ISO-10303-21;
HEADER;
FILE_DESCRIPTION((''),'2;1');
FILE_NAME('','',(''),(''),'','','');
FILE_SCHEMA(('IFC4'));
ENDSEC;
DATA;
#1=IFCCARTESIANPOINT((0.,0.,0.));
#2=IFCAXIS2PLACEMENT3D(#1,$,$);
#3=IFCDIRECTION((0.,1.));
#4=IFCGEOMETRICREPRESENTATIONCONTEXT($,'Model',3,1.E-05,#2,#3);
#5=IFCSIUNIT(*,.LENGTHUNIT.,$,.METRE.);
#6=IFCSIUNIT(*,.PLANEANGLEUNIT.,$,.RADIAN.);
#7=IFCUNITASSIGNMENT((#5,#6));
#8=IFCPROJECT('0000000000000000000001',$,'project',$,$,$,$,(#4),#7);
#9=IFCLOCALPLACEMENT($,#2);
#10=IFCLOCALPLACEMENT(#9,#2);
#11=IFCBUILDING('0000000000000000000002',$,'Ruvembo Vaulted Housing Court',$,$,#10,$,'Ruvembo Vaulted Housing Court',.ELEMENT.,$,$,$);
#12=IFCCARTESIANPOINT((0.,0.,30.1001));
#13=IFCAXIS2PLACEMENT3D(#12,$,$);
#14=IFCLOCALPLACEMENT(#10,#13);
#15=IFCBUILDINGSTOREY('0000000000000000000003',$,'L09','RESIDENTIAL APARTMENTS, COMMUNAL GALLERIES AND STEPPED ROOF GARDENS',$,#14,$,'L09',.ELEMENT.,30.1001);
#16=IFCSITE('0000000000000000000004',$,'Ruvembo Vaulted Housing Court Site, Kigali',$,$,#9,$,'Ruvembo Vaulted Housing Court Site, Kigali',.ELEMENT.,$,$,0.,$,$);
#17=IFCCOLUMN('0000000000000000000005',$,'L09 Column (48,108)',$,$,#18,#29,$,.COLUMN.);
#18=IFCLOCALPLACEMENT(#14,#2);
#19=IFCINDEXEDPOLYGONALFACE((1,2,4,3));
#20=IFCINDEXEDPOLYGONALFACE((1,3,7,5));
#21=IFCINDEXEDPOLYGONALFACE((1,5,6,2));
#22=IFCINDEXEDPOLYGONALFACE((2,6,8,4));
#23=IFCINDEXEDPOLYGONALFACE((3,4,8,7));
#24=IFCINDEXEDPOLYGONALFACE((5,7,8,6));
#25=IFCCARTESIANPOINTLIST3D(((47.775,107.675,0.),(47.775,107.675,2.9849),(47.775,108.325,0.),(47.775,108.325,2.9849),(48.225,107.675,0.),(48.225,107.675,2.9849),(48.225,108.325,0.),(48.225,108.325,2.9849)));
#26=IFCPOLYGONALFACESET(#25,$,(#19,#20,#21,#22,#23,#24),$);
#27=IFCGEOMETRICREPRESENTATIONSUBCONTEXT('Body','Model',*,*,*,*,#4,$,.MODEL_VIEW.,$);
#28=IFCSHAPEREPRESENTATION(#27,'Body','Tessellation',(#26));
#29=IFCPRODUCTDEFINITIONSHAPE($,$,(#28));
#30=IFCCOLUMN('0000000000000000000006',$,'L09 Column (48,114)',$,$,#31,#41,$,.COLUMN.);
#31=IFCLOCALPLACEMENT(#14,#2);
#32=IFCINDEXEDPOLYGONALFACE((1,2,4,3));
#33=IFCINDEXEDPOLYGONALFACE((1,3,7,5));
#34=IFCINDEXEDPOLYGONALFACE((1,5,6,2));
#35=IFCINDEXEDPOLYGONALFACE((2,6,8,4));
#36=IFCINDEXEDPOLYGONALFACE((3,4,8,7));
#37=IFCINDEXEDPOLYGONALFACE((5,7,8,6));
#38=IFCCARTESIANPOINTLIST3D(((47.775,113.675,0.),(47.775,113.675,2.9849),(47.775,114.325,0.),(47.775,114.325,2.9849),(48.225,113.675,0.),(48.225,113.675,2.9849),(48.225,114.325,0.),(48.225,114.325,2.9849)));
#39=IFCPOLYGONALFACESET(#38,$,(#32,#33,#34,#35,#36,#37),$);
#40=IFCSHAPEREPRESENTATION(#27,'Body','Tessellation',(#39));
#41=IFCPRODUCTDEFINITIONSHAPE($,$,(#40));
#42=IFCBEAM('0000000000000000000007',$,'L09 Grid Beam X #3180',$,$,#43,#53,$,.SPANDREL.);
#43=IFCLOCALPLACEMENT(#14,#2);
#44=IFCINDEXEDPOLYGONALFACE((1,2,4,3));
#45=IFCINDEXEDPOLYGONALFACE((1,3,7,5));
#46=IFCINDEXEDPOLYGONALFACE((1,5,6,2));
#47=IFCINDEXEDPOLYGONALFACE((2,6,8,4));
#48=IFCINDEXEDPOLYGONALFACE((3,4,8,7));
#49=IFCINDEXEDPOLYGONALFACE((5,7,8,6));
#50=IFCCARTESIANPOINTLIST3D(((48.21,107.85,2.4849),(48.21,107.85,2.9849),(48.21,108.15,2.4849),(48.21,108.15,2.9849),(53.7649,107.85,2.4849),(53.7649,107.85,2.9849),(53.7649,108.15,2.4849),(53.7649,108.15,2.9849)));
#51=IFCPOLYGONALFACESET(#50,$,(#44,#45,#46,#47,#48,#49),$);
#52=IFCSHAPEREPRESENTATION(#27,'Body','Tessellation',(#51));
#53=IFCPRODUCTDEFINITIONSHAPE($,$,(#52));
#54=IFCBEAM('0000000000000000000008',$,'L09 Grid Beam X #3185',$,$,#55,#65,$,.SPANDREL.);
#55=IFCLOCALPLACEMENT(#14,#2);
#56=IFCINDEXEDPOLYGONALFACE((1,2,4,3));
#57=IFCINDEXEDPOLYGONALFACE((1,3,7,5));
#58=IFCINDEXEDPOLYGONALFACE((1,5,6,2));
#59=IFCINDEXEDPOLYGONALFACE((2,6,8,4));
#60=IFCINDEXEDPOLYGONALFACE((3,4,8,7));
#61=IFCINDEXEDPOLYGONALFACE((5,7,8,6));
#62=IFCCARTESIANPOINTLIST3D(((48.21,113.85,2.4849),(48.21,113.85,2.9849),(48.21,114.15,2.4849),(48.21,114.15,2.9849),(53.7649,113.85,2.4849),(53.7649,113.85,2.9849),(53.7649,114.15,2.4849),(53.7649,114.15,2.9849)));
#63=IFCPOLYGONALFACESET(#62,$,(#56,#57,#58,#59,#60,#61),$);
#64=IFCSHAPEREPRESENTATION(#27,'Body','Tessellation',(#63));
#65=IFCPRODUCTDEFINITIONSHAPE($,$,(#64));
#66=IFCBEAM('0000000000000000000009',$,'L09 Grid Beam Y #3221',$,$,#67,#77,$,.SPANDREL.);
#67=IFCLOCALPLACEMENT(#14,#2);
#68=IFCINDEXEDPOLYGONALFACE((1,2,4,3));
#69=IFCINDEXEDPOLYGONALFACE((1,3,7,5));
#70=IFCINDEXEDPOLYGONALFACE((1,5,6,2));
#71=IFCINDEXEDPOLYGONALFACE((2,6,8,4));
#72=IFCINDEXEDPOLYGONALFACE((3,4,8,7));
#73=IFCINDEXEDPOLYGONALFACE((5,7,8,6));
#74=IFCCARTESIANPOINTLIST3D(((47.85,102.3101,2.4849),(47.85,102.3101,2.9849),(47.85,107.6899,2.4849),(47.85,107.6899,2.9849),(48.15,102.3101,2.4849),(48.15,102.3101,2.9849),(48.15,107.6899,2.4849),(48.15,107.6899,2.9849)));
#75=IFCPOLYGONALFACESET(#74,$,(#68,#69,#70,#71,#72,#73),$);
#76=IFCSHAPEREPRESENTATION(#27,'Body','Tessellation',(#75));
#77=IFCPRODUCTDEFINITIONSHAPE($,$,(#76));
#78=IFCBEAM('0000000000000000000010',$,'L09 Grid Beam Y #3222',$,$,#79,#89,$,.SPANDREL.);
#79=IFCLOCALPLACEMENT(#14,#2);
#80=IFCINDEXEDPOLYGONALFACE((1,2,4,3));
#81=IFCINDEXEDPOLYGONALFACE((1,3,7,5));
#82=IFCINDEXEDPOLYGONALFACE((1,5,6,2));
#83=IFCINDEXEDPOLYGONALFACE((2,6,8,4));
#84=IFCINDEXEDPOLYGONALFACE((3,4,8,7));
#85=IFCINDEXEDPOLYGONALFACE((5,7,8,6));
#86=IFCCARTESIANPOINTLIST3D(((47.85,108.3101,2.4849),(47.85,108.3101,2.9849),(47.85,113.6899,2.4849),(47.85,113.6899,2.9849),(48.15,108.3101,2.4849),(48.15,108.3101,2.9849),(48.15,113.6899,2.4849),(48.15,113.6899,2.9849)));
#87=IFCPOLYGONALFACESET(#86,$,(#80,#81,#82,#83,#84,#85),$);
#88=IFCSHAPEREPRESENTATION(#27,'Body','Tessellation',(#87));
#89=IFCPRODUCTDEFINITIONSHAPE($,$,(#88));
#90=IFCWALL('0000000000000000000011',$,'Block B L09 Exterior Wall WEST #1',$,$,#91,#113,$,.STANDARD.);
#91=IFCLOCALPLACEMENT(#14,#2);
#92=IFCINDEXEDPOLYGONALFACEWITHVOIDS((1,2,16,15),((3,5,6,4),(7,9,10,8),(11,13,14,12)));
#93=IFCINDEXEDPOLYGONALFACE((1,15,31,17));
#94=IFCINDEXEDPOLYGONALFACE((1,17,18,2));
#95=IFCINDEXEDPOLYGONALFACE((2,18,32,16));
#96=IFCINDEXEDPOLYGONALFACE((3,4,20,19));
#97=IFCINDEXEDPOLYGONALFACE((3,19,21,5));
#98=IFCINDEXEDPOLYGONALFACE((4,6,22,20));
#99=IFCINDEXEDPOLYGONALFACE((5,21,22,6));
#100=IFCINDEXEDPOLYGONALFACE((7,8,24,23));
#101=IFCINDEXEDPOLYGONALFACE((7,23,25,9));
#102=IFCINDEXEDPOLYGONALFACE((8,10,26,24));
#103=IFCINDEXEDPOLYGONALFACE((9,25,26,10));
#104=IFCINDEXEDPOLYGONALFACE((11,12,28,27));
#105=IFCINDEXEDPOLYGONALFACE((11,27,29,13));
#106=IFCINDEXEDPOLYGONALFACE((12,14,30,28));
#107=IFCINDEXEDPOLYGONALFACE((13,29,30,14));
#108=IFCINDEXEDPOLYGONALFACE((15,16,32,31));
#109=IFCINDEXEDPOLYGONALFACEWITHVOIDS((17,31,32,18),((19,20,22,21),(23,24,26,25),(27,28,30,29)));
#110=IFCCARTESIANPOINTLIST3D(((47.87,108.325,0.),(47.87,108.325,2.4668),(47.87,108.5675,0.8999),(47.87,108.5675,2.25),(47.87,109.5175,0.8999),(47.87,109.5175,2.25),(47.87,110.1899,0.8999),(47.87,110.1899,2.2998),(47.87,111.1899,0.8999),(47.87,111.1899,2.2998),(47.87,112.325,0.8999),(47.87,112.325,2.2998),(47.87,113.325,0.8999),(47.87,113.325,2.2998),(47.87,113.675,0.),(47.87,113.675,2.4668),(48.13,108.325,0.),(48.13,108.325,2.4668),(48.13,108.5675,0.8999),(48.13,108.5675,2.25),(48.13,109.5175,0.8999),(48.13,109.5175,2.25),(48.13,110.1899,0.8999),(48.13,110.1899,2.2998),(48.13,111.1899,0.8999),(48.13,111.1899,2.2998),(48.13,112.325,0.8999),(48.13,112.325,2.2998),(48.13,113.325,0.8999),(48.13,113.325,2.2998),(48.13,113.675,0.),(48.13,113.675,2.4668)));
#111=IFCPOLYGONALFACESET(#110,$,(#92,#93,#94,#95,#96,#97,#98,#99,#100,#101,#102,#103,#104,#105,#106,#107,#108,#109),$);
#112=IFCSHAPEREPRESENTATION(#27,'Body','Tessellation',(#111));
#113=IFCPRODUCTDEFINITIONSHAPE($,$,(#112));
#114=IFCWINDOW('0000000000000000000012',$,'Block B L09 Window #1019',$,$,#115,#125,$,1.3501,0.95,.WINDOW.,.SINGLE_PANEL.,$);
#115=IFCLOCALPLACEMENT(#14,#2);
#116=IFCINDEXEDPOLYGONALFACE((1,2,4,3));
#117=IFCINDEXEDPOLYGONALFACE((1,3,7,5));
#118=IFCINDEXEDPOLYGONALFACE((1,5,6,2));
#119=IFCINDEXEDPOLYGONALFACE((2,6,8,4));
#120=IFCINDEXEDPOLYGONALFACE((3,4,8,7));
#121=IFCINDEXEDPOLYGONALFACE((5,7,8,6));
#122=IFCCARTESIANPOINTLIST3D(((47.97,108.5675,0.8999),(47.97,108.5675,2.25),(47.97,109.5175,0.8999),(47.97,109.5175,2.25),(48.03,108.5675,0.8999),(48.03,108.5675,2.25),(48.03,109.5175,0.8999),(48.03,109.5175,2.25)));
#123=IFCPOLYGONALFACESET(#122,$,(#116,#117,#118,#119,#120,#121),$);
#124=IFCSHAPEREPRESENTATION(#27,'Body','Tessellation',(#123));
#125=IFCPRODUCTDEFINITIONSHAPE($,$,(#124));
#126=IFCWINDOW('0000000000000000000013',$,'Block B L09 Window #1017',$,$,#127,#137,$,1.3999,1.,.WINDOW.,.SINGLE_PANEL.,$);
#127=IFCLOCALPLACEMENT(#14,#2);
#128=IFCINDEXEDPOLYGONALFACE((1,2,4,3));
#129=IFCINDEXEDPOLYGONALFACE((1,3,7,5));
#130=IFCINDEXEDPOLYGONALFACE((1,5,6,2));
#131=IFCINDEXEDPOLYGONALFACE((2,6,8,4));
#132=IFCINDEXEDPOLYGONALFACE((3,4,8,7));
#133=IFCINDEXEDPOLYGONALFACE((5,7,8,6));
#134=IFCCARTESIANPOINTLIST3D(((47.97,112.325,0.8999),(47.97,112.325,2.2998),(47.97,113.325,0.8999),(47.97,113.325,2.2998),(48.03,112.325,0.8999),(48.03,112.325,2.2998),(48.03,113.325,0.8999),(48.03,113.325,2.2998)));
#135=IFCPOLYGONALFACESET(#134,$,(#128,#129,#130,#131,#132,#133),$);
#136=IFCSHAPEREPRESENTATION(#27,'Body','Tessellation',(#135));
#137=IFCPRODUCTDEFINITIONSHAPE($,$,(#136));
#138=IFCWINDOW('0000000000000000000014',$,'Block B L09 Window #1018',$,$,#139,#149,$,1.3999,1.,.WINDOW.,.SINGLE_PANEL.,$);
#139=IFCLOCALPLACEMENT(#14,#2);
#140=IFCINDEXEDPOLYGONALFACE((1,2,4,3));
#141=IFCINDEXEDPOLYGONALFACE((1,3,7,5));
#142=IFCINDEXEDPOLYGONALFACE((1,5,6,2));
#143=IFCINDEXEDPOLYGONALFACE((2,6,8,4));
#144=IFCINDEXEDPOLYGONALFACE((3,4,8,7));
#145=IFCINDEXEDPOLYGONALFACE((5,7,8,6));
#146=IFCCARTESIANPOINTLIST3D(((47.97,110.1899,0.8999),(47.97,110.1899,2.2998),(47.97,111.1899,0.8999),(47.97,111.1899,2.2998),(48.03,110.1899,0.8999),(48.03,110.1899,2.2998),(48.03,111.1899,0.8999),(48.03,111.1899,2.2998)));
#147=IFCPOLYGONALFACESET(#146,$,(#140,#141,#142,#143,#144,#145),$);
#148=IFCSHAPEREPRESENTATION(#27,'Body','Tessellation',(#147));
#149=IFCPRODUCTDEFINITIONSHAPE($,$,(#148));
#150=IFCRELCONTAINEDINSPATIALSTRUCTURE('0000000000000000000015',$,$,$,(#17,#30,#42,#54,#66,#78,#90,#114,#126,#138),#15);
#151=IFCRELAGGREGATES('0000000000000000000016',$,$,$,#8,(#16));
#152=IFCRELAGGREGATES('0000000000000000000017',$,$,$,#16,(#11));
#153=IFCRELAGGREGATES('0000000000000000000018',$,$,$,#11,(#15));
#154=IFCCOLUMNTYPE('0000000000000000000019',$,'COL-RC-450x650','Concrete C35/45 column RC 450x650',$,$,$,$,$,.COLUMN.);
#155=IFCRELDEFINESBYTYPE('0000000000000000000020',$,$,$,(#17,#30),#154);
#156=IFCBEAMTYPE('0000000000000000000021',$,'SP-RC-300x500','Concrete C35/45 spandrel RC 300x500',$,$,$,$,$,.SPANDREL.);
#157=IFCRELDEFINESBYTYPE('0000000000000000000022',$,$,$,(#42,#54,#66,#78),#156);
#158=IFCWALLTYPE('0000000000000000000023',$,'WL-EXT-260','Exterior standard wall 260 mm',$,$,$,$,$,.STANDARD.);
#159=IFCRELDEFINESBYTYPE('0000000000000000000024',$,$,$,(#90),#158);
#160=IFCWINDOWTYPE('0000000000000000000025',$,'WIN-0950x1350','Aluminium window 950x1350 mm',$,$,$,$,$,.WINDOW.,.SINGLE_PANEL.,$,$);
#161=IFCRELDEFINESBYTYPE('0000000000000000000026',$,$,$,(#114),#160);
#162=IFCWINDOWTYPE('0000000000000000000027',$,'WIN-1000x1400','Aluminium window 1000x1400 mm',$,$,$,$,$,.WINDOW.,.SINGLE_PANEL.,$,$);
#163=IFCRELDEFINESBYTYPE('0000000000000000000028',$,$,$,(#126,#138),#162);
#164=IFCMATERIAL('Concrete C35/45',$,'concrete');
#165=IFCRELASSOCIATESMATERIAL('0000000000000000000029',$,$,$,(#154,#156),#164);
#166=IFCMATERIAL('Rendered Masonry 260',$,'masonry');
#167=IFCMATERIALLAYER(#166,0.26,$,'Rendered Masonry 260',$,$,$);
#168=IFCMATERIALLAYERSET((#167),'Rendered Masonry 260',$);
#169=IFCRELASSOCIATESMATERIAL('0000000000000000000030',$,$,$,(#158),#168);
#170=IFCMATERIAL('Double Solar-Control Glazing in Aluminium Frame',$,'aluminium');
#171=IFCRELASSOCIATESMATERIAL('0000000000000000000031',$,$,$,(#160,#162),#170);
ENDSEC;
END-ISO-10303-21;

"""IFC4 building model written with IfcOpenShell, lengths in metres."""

from ifc_helpers import new_model, si_unit, direction, frame, frame_2d, origin, origin_2d, place, context, subcontext, project, spatial, rectangle, extrude, material, layer, layer_set, material_profile, profile_set, type_object, element, fill, save


model = new_model("IFC4")

# Units and contexts
model_context = context("Model", 3, precision=1e-05, world=origin(), true_north=direction((0.0, 1.0)))
body_context = subcontext(model_context, "Body", "Model", "MODEL_VIEW")
ifc_project = project(units=[si_unit("LENGTHUNIT", "METRE"), si_unit("PLANEANGLEUNIT", "RADIAN")], contexts=[model_context])

# Site, building, storey
site_placement = place(None, origin())
site = spatial("IfcSite", under=ifc_project, at=site_placement, Name="Ruvembo Vaulted Housing Court Site, Kigali", LongName="Ruvembo Vaulted Housing Court Site, Kigali", CompositionType="ELEMENT", RefElevation=0.0)
building_placement = place(site_placement, origin())
building = spatial("IfcBuilding", under=site, at=building_placement, Name="Ruvembo Vaulted Housing Court", LongName="Ruvembo Vaulted Housing Court", CompositionType="ELEMENT")
storey_placement = place(building_placement, frame((0.0, 0.0, 30.1001)))
storey = spatial("IfcBuildingStorey", under=building, at=storey_placement, Name="L09", Description="RESIDENTIAL APARTMENTS, COMMUNAL GALLERIES AND STEPPED ROOF GARDENS", LongName="L09", CompositionType="ELEMENT", Elevation=30.1001)

# Columns
ifc_material_1 = material(Name="Concrete C35/45", Category="concrete")
ifc_material_profile_1 = material_profile(ifc_material_1, rectangle(XDim=0.45, YDim=0.6499, at=origin_2d()), Name="RC 450x650")
ifc_profile_set_1 = profile_set([ifc_material_profile_1], Name="Concrete C35/45")
column_type = type_object("IfcColumnType", Name="COL-RC-450x650", Description="Concrete C35/45 column RC 450x650", PredefinedType="COLUMN", material=ifc_profile_set_1)
for number, where, z_axis, x_axis, name in (
    (1, (48.0, 108.0, 0.0), (0.0, 0.0, 1.0), (1.0, 0.0, 0.0), "L09 Column (48,108)"),
    (2, (48.0, 114.0, 0.0), (0.0, 0.0, 1.0), (1.0, 0.0, 0.0), "L09 Column (48,114)"),
):
    element("IfcColumn", number, at=place(storey_placement, frame(where, z_axis=z_axis, x_axis=x_axis)), inside=storey, type_object=column_type, Name=name, PredefinedType="COLUMN", context=body_context, shape_type="SweptSolid", body=[
        extrude(rectangle(XDim=0.45, YDim=0.6499, at=origin_2d()), origin(), (0.0, 0.0, 1.0), 2.9849),
    ])

# Beams
ifc_material_profile_2 = material_profile(ifc_material_1, rectangle(XDim=0.3, YDim=0.5, at=origin_2d()), Name="RC 300x500")
ifc_profile_set_2 = profile_set([ifc_material_profile_2], Name="Concrete C35/45")
beam_type = type_object("IfcBeamType", Name="SP-RC-300x500", Description="Concrete C35/45 spandrel RC 300x500", PredefinedType="SPANDREL", material=ifc_profile_set_2)
for number, where, z_axis, x_axis, name in (
    (3, (48.21, 108.0, 2.7349), (1.0, 0.0, 0.0), (0.0, 1.0, 0.0), "L09 Grid Beam X #3180"),
    (4, (48.21, 114.0, 2.7349), (1.0, 0.0, 0.0), (0.0, 1.0, 0.0), "L09 Grid Beam X #3185"),
):
    element("IfcBeam", number, at=place(storey_placement, frame(where, z_axis=z_axis, x_axis=x_axis)), inside=storey, type_object=beam_type, Name=name, PredefinedType="SPANDREL", context=body_context, shape_type="SweptSolid", body=[
        extrude(rectangle(XDim=0.3, YDim=0.5, at=origin_2d()), origin(), (0.0, 0.0, 1.0), 5.5549),
    ])
for number, where, z_axis, x_axis, name in (
    (5, (48.0, 102.3101, 2.7349), (0.0, 1.0, 0.0), (-1.0, 0.0, 0.0), "L09 Grid Beam Y #3221"),
    (6, (48.0, 108.3101, 2.7349), (0.0, 1.0, 0.0), (-1.0, 0.0, 0.0), "L09 Grid Beam Y #3222"),
):
    element("IfcBeam", number, at=place(storey_placement, frame(where, z_axis=z_axis, x_axis=x_axis)), inside=storey, type_object=beam_type, Name=name, PredefinedType="SPANDREL", context=body_context, shape_type="SweptSolid", body=[
        extrude(rectangle(XDim=0.3, YDim=0.5, at=origin_2d()), origin(), (0.0, 0.0, 1.0), 5.3799),
    ])

# Wall, openings, windows
ifc_material_2 = material(Name="Rendered Masonry 260", Category="masonry")
ifc_layer_1 = layer(ifc_material_2, 0.26, Name="Rendered Masonry 260")
ifc_layer_set_1 = layer_set([ifc_layer_1], Name="Rendered Masonry 260")
wall_type_1 = type_object("IfcWallType", Name="WL-EXT-260", Description="Exterior standard wall 260 mm", PredefinedType="STANDARD", material=ifc_layer_set_1)
wall_1_placement = place(storey_placement, frame((48.0, 113.675, 0.0), z_axis=(0.0, 0.0, 1.0), x_axis=(0.0, -1.0, 0.0)))
wall_1 = element("IfcWall", 7, at=wall_1_placement, inside=storey, type_object=wall_type_1, Name="Block B L09 Exterior Wall WEST #1", PredefinedType="STANDARD", context=body_context, shape_type="SweptSolid", body=[
    extrude(rectangle(XDim=5.3501, YDim=0.26, at=frame_2d((2.675, 0.0))), origin(), (0.0, 0.0, 1.0), 2.4668),
])
opening_1_placement = place(wall_1_placement, frame((0.3501, 0.0, 0.8999)))
opening_1 = element("IfcOpeningElement", 8, at=opening_1_placement, cuts=wall_1, PredefinedType="OPENING", context=body_context, shape_type="SweptSolid", body=[
    extrude(rectangle(XDim=1.0, YDim=1.3999, at=frame_2d((0.5, 0.7))), frame((0.0, 0.1399, 0.0), z_axis=(0.0, -1.0, 0.0), x_axis=(1.0, 0.0, 0.0)), (0.0, 0.0, 1.0), 0.28),
])
opening_2_placement = place(wall_1_placement, frame((2.4851, 0.0, 0.8999)))
opening_2 = element("IfcOpeningElement", 9, at=opening_2_placement, cuts=wall_1, PredefinedType="OPENING", context=body_context, shape_type="SweptSolid", body=[
    extrude(rectangle(XDim=1.0, YDim=1.3999, at=frame_2d((0.5, 0.7))), frame((0.0, 0.1399, 0.0), z_axis=(0.0, -1.0, 0.0), x_axis=(1.0, 0.0, 0.0)), (0.0, 0.0, 1.0), 0.28),
])
opening_3_placement = place(wall_1_placement, frame((4.1575, 0.0, 0.8999)))
opening_3 = element("IfcOpeningElement", 10, at=opening_3_placement, cuts=wall_1, PredefinedType="OPENING", context=body_context, shape_type="SweptSolid", body=[
    extrude(rectangle(XDim=0.95, YDim=1.3501, at=frame_2d((0.4751, 0.675))), frame((0.0, 0.1399, 0.0), z_axis=(0.0, -1.0, 0.0), x_axis=(1.0, 0.0, 0.0)), (0.0, 0.0, 1.0), 0.28),
])
ifc_material_3 = material(Name="Double Solar-Control Glazing in Aluminium Frame", Category="aluminium")
window_type_1 = type_object("IfcWindowType", Name="WIN-0950x1350", Description="Aluminium window 950x1350 mm", PartitioningType="SINGLE_PANEL", PredefinedType="WINDOW", material=ifc_material_3)
window_1_placement = place(opening_3_placement, origin())
window_1 = element("IfcWindow", 11, at=window_1_placement, inside=storey, type_object=window_type_1, Name="Block B L09 Window #1019", OverallHeight=1.3501, OverallWidth=0.95, PartitioningType="SINGLE_PANEL", PredefinedType="WINDOW", context=body_context, shape_type="SweptSolid", body=[
    extrude(rectangle(XDim=0.95, YDim=1.3501, at=frame_2d((0.4751, 0.675))), frame((0.0, 0.03, 0.0), z_axis=(0.0, -1.0, 0.0), x_axis=(1.0, 0.0, 0.0)), (0.0, 0.0, 1.0), 0.0601),
])
fill(opening_3, window_1)
window_type_2 = type_object("IfcWindowType", Name="WIN-1000x1400", Description="Aluminium window 1000x1400 mm", PartitioningType="SINGLE_PANEL", PredefinedType="WINDOW", material=ifc_material_3)
window_2_placement = place(opening_1_placement, origin())
window_2 = element("IfcWindow", 12, at=window_2_placement, inside=storey, type_object=window_type_2, Name="Block B L09 Window #1017", OverallHeight=1.3999, OverallWidth=1.0, PartitioningType="SINGLE_PANEL", PredefinedType="WINDOW", context=body_context, shape_type="SweptSolid", body=[
    extrude(rectangle(XDim=1.0, YDim=1.3999, at=frame_2d((0.5, 0.7))), frame((0.0, 0.03, 0.0), z_axis=(0.0, -1.0, 0.0), x_axis=(1.0, 0.0, 0.0)), (0.0, 0.0, 1.0), 0.0601),
])
fill(opening_1, window_2)
window_3_placement = place(opening_2_placement, origin())
window_3 = element("IfcWindow", 13, at=window_3_placement, inside=storey, type_object=window_type_2, Name="Block B L09 Window #1018", OverallHeight=1.3999, OverallWidth=1.0, PartitioningType="SINGLE_PANEL", PredefinedType="WINDOW", context=body_context, shape_type="SweptSolid", body=[
    extrude(rectangle(XDim=1.0, YDim=1.3999, at=frame_2d((0.5, 0.7))), frame((0.0, 0.03, 0.0), z_axis=(0.0, -1.0, 0.0), x_axis=(1.0, 0.0, 0.0)), (0.0, 0.0, 1.0), 0.0601),
])
fill(opening_2, window_3)

save(model, "model.ifc")
